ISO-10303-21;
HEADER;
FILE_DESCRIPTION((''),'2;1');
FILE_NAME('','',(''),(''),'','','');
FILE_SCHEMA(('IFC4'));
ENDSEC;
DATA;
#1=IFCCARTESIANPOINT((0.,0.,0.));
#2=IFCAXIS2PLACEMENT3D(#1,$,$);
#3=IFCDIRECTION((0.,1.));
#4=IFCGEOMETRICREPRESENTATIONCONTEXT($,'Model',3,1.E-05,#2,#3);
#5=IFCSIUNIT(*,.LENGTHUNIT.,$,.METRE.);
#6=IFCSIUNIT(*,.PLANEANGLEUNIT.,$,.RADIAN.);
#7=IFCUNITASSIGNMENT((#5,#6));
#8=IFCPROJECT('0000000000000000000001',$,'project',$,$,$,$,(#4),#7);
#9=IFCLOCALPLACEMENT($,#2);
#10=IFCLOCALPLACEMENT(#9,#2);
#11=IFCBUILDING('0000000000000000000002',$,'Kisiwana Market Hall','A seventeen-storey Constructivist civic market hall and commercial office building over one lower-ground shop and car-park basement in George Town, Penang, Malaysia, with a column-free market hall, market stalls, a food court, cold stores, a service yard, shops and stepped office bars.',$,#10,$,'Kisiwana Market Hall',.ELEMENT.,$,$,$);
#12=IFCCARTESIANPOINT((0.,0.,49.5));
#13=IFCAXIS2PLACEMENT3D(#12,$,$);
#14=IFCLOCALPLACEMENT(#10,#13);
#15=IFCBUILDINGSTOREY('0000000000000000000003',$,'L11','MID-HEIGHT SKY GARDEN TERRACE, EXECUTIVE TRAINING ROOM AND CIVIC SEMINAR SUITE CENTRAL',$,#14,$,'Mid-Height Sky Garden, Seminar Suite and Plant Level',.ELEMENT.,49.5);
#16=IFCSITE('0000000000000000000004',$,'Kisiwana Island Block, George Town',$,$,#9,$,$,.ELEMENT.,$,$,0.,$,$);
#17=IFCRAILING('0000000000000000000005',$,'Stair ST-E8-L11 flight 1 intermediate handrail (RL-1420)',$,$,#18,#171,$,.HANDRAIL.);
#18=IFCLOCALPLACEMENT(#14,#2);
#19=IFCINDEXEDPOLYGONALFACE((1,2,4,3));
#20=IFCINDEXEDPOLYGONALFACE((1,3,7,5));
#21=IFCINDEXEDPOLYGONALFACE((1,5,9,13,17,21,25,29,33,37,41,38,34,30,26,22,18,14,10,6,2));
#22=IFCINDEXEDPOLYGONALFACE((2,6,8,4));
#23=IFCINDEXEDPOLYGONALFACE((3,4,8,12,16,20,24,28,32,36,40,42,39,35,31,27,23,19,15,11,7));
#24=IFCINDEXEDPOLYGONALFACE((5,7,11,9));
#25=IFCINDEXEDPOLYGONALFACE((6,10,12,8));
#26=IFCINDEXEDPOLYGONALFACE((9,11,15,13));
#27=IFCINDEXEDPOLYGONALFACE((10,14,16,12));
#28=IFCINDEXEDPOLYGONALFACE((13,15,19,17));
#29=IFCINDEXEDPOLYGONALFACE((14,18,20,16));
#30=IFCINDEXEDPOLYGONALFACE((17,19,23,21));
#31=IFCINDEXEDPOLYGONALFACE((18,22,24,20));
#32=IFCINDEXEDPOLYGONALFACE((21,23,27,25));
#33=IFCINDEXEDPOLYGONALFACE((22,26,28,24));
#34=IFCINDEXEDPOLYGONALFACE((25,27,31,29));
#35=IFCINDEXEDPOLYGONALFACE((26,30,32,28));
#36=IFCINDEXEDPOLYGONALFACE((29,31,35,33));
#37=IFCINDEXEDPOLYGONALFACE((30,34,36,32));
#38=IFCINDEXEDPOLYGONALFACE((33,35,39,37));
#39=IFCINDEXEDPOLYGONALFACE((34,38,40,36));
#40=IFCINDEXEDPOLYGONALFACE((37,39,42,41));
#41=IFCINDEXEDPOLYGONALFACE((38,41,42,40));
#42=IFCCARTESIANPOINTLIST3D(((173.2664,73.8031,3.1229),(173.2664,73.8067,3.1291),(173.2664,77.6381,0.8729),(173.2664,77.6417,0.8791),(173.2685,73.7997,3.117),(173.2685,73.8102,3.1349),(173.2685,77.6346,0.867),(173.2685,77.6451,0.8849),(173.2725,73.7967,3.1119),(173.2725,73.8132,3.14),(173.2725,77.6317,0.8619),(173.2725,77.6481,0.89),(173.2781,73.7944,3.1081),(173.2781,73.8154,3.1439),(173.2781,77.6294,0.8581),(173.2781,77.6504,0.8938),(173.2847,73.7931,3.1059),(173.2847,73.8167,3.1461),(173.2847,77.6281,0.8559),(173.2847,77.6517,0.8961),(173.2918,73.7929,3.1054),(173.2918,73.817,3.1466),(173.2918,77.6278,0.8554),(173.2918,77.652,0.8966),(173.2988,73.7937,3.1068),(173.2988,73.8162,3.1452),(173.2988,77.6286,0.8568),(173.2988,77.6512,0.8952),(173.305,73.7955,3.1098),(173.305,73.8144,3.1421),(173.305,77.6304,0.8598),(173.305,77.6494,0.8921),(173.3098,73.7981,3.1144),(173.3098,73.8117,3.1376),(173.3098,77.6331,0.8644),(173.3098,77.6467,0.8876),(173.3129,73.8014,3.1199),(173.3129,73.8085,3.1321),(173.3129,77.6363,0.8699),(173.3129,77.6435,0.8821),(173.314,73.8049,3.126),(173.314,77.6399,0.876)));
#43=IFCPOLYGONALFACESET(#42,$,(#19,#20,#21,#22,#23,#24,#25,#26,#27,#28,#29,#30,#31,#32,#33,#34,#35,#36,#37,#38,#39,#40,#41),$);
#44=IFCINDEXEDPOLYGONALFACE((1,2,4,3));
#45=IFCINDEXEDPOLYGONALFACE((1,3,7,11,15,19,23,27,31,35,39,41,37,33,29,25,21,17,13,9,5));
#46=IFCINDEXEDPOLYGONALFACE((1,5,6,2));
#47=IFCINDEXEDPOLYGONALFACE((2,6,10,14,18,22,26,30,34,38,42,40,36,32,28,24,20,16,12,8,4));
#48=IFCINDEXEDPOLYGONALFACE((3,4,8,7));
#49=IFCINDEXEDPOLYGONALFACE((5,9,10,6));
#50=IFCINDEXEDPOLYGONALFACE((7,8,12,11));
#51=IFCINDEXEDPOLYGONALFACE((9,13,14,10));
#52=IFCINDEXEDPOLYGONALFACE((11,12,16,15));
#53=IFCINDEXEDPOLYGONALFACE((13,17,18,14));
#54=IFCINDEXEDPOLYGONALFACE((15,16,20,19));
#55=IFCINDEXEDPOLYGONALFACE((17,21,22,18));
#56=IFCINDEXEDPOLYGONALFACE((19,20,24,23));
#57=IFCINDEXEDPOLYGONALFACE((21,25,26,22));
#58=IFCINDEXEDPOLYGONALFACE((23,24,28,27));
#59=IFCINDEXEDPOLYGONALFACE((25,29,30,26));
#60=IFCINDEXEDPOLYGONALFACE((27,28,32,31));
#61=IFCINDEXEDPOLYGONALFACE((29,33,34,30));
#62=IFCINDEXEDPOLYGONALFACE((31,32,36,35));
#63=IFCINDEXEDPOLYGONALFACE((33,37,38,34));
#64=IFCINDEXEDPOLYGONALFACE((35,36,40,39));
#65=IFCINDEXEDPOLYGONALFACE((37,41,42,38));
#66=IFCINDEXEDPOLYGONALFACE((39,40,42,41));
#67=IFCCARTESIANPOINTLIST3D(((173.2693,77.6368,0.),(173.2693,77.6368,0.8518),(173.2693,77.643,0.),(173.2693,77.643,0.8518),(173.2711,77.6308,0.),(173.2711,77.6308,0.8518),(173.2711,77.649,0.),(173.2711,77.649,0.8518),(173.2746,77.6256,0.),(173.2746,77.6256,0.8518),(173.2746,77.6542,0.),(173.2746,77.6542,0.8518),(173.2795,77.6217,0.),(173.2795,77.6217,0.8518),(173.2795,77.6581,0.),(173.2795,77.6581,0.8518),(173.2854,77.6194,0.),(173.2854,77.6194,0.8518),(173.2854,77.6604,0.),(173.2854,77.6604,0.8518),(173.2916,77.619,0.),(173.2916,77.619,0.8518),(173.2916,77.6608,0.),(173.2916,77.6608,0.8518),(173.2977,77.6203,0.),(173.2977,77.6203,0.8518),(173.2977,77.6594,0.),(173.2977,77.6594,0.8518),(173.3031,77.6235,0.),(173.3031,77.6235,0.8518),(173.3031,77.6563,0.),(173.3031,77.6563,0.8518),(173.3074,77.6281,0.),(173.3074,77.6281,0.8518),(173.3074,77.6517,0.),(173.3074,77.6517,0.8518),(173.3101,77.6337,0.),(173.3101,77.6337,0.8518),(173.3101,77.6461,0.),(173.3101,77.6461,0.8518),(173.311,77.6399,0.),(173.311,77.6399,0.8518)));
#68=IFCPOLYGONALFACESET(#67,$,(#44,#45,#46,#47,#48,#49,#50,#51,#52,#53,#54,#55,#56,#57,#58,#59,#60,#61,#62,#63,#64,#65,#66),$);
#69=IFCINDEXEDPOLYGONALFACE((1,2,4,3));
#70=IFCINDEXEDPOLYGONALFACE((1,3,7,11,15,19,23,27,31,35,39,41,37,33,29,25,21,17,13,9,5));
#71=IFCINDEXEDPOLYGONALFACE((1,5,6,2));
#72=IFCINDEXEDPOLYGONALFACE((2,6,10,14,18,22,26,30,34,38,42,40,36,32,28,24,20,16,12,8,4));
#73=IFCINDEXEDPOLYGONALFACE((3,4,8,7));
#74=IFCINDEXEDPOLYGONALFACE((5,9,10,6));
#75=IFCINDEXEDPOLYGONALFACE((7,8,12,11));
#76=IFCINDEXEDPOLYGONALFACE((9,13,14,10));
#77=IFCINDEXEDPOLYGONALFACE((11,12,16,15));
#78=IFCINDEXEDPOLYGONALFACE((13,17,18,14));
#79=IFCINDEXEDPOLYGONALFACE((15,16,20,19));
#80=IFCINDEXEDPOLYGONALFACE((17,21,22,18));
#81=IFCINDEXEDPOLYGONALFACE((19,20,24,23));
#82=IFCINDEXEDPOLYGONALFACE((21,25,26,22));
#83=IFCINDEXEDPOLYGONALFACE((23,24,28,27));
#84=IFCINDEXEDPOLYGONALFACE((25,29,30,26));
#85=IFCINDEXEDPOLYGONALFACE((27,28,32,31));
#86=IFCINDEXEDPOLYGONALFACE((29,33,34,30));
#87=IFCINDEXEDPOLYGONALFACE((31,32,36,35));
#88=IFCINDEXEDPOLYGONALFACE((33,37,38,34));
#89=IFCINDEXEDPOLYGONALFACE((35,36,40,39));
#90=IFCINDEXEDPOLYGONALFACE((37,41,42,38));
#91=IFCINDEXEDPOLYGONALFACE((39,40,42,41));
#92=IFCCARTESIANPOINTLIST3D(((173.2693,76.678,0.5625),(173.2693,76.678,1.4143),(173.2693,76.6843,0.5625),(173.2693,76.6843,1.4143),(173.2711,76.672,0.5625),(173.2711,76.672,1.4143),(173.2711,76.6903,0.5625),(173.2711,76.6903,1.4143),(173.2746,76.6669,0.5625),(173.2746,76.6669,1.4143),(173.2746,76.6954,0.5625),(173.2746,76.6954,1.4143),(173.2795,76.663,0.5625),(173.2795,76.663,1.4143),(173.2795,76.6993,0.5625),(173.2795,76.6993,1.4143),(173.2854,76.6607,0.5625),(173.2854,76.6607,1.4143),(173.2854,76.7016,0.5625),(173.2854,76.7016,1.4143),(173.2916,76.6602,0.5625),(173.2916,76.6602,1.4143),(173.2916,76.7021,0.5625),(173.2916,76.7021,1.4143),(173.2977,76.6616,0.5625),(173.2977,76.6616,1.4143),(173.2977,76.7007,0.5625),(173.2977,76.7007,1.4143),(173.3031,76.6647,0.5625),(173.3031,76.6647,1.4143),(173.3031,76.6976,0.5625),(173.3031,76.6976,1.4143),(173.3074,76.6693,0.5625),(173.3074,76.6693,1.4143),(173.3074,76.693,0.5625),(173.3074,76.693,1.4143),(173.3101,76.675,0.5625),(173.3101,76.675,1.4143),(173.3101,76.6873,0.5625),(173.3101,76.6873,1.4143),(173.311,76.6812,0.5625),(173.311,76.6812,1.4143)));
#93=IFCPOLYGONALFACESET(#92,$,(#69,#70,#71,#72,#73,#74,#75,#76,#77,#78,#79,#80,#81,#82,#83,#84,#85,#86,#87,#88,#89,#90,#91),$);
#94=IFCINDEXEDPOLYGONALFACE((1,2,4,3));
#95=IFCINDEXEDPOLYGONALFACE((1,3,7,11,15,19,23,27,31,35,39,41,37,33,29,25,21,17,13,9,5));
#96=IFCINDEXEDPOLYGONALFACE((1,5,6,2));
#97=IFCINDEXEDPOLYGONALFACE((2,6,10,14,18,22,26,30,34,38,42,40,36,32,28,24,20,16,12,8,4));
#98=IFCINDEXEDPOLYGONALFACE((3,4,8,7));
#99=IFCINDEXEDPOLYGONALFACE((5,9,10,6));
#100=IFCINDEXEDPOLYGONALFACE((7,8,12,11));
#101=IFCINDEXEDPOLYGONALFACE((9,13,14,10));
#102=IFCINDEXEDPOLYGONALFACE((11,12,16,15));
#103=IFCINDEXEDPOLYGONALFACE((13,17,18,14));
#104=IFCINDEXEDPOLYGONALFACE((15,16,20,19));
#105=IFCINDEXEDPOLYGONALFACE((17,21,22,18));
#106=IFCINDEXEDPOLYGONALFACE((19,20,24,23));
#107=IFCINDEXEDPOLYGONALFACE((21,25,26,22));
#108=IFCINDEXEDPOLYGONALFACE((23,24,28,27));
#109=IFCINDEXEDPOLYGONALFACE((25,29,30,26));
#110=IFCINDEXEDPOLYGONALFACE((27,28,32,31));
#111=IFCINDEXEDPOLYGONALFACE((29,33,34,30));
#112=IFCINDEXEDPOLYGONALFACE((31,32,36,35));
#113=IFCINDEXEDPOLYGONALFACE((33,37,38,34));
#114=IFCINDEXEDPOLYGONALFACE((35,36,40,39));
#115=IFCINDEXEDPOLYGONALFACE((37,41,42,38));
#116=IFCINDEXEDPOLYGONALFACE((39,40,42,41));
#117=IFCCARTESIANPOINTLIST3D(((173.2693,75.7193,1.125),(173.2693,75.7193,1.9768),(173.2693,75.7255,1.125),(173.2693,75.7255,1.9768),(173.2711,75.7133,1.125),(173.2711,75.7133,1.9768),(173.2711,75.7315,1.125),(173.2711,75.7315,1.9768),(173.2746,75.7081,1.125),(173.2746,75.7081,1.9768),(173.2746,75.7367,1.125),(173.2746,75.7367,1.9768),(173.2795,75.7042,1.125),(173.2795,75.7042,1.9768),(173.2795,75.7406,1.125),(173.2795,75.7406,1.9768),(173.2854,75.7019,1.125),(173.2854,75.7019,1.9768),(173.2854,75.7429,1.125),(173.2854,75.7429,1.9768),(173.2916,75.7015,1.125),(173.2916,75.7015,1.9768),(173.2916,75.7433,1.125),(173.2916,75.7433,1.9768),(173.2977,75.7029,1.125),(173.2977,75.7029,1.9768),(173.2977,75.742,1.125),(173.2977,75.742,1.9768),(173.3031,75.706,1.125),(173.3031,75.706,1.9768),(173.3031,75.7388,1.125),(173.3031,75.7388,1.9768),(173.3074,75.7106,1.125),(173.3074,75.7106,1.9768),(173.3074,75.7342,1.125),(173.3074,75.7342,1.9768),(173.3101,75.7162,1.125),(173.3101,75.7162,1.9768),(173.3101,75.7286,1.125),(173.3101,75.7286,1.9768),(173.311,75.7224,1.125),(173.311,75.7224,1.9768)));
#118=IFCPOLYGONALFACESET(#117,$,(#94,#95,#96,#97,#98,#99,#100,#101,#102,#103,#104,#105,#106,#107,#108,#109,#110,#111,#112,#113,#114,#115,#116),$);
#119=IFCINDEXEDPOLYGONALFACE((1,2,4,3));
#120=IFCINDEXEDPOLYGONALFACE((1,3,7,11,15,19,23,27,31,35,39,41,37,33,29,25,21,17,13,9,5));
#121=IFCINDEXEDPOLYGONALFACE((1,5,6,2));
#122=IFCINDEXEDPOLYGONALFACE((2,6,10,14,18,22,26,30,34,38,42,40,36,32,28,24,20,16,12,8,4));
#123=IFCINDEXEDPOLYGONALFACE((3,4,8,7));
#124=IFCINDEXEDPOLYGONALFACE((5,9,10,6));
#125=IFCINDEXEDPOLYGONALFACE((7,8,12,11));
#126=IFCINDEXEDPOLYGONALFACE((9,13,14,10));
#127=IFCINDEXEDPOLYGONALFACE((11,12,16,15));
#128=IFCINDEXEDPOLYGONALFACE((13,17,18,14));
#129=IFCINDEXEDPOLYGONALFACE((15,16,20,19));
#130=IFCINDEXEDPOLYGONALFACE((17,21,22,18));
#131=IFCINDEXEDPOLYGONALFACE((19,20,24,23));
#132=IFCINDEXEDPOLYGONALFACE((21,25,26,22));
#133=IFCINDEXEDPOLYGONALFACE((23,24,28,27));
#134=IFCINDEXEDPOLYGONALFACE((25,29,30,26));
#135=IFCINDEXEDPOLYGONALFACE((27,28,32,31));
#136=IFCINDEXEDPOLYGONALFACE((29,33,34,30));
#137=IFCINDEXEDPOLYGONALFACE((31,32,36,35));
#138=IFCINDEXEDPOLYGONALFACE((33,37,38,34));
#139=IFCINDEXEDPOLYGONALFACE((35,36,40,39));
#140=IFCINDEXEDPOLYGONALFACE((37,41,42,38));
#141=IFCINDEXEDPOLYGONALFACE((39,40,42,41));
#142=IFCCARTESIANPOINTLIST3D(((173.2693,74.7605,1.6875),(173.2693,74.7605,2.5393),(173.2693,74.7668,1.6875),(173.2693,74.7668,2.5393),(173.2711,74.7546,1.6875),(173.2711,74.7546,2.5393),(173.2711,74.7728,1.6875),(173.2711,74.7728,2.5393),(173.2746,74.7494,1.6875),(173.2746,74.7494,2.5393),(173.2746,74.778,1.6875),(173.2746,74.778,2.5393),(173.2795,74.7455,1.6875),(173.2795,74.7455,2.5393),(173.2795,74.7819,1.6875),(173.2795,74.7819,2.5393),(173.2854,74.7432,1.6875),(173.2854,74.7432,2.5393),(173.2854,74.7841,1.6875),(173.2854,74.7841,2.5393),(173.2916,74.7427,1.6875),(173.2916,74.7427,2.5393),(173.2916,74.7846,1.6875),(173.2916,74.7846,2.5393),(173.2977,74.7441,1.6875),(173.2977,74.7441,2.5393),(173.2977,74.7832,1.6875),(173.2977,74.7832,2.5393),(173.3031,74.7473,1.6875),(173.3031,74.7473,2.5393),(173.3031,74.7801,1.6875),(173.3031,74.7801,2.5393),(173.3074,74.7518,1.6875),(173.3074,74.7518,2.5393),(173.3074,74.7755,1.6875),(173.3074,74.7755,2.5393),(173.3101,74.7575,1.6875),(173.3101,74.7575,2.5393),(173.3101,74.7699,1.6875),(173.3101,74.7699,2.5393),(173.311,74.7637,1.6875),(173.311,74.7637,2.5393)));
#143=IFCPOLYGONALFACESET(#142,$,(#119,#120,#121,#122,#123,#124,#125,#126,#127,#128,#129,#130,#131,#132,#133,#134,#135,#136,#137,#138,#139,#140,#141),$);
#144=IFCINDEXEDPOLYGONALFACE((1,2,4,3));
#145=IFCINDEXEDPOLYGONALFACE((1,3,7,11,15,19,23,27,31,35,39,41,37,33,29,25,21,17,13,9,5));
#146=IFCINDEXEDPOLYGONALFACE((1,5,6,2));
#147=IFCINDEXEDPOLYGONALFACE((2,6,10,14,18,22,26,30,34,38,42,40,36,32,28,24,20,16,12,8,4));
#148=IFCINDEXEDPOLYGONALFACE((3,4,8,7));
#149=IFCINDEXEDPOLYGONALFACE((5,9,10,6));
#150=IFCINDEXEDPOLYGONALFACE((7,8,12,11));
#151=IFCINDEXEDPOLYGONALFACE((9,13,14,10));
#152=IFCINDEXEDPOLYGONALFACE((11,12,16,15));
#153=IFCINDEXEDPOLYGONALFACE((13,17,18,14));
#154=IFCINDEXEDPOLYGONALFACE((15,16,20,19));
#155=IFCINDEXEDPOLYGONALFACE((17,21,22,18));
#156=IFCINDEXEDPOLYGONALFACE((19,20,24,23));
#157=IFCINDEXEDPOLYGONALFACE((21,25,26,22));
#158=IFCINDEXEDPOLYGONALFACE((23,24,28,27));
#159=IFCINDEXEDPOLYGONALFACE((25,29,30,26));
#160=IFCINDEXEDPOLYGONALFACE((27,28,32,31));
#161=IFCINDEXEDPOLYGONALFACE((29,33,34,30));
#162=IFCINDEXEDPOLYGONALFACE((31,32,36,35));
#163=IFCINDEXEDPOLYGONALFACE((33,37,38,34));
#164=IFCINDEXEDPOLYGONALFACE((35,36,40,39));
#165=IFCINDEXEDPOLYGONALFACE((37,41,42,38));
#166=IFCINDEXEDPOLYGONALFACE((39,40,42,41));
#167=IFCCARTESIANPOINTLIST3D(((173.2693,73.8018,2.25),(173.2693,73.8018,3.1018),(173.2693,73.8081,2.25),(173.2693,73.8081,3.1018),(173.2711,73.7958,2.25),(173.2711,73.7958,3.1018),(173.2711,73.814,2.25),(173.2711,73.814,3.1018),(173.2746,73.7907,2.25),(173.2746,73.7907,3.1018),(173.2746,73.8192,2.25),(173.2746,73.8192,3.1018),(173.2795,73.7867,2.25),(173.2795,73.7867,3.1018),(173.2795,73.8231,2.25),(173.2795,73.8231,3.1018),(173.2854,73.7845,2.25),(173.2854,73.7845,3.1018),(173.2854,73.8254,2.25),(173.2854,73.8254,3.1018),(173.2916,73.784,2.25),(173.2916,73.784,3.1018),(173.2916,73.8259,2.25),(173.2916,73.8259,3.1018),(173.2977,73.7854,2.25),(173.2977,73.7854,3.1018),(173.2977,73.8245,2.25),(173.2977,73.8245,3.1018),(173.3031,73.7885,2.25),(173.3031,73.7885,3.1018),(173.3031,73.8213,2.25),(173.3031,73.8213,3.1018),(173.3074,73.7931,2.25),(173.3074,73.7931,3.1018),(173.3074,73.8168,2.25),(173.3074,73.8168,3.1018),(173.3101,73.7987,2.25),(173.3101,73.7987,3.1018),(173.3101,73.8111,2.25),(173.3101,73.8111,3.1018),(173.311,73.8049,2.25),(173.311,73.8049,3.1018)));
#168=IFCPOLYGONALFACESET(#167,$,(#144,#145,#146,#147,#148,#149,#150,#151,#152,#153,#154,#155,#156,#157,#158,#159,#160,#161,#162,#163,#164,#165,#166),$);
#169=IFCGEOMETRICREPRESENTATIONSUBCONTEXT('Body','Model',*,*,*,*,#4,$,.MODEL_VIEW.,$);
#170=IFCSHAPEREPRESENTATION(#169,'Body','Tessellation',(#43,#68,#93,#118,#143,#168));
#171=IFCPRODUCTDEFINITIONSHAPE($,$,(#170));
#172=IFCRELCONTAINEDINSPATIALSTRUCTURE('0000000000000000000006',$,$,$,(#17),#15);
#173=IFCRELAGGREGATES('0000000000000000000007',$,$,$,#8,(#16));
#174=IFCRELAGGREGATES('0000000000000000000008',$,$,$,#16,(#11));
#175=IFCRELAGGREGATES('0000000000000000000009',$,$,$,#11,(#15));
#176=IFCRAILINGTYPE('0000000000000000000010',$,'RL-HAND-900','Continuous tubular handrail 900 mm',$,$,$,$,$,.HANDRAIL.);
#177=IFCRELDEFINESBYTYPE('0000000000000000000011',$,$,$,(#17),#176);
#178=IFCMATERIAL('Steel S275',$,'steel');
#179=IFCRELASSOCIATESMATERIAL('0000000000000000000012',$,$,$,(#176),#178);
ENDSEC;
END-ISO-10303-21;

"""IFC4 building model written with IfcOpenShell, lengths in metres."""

from ifc_helpers import new_model, si_unit, direction, frame, origin, origin_2d, place, context, subcontext, project, spatial, circle, extrude, material, type_object, element, save


model = new_model("IFC4")

# Units and contexts
model_context = context("Model", 3, precision=1e-05, world=origin(), true_north=direction((0.0, 1.0)))
body_context = subcontext(model_context, "Body", "Model", "MODEL_VIEW")
ifc_project = project(units=[si_unit("LENGTHUNIT", "METRE"), si_unit("PLANEANGLEUNIT", "RADIAN")], contexts=[model_context])

# Site, building, storey
site_placement = place(None, origin())
site = spatial("IfcSite", under=ifc_project, at=site_placement, Name="Kisiwana Island Block, George Town", CompositionType="ELEMENT", RefElevation=0.0)
building_placement = place(site_placement, origin())
building = spatial("IfcBuilding", under=site, at=building_placement, Name="Kisiwana Market Hall", Description="A seventeen-storey Constructivist civic market hall and commercial office building over one lower-ground shop and car-park basement in George Town, Penang, Malaysia, with a column-free market hall, market stalls, a food court, cold stores, a service yard, shops and stepped office bars.", LongName="Kisiwana Market Hall", CompositionType="ELEMENT")
storey_placement = place(building_placement, frame((0.0, 0.0, 49.5)))
storey = spatial("IfcBuildingStorey", under=building, at=storey_placement, Name="L11", Description="MID-HEIGHT SKY GARDEN TERRACE, EXECUTIVE TRAINING ROOM AND CIVIC SEMINAR SUITE CENTRAL", LongName="Mid-Height Sky Garden, Seminar Suite and Plant Level", CompositionType="ELEMENT", Elevation=49.5)

# Railing
ifc_material_1 = material(Name="Steel S275", Category="steel")
railing_type_1 = type_object("IfcRailingType", Name="RL-HAND-900", Description="Continuous tubular handrail 900 mm", PredefinedType="HANDRAIL", material=ifc_material_1)
for number, where, name in (
    (1, (173.29, 77.6399, 0.0), "Stair ST-E8-L11 flight 1 intermediate handrail (RL-1420)"),
):
    element("IfcRailing", number, at=place(storey_placement, frame(where)), inside=storey, type_object=railing_type_1, Name=name, PredefinedType="HANDRAIL", context=body_context, shape_type="SweptSolid", body=[
        extrude(circle(Radius=0.0239, at=origin_2d()), frame((0.0, 0.0, 0.876), z_axis=(0.0, -0.86251, 0.506041), x_axis=(1.0, 0.0, 0.0)), (0.0, 0.0, 1.0), 4.4463),
        extrude(circle(Radius=0.021, at=origin_2d()), origin(), (0.0, 0.0, 1.0), 0.8518),
        extrude(circle(Radius=0.021, at=origin_2d()), frame((0.0, -0.9587, 0.5625)), (0.0, 0.0, 1.0), 0.8518),
        extrude(circle(Radius=0.021, at=origin_2d()), frame((0.0, -1.9175, 1.125)), (0.0, 0.0, 1.0), 0.8518),
        extrude(circle(Radius=0.021, at=origin_2d()), frame((0.0, -2.8762, 1.6875)), (0.0, 0.0, 1.0), 0.8518),
        extrude(circle(Radius=0.021, at=origin_2d()), frame((0.0, -3.835, 2.25)), (0.0, 0.0, 1.0), 0.8518),
    ])

save(model, "model.ifc")
